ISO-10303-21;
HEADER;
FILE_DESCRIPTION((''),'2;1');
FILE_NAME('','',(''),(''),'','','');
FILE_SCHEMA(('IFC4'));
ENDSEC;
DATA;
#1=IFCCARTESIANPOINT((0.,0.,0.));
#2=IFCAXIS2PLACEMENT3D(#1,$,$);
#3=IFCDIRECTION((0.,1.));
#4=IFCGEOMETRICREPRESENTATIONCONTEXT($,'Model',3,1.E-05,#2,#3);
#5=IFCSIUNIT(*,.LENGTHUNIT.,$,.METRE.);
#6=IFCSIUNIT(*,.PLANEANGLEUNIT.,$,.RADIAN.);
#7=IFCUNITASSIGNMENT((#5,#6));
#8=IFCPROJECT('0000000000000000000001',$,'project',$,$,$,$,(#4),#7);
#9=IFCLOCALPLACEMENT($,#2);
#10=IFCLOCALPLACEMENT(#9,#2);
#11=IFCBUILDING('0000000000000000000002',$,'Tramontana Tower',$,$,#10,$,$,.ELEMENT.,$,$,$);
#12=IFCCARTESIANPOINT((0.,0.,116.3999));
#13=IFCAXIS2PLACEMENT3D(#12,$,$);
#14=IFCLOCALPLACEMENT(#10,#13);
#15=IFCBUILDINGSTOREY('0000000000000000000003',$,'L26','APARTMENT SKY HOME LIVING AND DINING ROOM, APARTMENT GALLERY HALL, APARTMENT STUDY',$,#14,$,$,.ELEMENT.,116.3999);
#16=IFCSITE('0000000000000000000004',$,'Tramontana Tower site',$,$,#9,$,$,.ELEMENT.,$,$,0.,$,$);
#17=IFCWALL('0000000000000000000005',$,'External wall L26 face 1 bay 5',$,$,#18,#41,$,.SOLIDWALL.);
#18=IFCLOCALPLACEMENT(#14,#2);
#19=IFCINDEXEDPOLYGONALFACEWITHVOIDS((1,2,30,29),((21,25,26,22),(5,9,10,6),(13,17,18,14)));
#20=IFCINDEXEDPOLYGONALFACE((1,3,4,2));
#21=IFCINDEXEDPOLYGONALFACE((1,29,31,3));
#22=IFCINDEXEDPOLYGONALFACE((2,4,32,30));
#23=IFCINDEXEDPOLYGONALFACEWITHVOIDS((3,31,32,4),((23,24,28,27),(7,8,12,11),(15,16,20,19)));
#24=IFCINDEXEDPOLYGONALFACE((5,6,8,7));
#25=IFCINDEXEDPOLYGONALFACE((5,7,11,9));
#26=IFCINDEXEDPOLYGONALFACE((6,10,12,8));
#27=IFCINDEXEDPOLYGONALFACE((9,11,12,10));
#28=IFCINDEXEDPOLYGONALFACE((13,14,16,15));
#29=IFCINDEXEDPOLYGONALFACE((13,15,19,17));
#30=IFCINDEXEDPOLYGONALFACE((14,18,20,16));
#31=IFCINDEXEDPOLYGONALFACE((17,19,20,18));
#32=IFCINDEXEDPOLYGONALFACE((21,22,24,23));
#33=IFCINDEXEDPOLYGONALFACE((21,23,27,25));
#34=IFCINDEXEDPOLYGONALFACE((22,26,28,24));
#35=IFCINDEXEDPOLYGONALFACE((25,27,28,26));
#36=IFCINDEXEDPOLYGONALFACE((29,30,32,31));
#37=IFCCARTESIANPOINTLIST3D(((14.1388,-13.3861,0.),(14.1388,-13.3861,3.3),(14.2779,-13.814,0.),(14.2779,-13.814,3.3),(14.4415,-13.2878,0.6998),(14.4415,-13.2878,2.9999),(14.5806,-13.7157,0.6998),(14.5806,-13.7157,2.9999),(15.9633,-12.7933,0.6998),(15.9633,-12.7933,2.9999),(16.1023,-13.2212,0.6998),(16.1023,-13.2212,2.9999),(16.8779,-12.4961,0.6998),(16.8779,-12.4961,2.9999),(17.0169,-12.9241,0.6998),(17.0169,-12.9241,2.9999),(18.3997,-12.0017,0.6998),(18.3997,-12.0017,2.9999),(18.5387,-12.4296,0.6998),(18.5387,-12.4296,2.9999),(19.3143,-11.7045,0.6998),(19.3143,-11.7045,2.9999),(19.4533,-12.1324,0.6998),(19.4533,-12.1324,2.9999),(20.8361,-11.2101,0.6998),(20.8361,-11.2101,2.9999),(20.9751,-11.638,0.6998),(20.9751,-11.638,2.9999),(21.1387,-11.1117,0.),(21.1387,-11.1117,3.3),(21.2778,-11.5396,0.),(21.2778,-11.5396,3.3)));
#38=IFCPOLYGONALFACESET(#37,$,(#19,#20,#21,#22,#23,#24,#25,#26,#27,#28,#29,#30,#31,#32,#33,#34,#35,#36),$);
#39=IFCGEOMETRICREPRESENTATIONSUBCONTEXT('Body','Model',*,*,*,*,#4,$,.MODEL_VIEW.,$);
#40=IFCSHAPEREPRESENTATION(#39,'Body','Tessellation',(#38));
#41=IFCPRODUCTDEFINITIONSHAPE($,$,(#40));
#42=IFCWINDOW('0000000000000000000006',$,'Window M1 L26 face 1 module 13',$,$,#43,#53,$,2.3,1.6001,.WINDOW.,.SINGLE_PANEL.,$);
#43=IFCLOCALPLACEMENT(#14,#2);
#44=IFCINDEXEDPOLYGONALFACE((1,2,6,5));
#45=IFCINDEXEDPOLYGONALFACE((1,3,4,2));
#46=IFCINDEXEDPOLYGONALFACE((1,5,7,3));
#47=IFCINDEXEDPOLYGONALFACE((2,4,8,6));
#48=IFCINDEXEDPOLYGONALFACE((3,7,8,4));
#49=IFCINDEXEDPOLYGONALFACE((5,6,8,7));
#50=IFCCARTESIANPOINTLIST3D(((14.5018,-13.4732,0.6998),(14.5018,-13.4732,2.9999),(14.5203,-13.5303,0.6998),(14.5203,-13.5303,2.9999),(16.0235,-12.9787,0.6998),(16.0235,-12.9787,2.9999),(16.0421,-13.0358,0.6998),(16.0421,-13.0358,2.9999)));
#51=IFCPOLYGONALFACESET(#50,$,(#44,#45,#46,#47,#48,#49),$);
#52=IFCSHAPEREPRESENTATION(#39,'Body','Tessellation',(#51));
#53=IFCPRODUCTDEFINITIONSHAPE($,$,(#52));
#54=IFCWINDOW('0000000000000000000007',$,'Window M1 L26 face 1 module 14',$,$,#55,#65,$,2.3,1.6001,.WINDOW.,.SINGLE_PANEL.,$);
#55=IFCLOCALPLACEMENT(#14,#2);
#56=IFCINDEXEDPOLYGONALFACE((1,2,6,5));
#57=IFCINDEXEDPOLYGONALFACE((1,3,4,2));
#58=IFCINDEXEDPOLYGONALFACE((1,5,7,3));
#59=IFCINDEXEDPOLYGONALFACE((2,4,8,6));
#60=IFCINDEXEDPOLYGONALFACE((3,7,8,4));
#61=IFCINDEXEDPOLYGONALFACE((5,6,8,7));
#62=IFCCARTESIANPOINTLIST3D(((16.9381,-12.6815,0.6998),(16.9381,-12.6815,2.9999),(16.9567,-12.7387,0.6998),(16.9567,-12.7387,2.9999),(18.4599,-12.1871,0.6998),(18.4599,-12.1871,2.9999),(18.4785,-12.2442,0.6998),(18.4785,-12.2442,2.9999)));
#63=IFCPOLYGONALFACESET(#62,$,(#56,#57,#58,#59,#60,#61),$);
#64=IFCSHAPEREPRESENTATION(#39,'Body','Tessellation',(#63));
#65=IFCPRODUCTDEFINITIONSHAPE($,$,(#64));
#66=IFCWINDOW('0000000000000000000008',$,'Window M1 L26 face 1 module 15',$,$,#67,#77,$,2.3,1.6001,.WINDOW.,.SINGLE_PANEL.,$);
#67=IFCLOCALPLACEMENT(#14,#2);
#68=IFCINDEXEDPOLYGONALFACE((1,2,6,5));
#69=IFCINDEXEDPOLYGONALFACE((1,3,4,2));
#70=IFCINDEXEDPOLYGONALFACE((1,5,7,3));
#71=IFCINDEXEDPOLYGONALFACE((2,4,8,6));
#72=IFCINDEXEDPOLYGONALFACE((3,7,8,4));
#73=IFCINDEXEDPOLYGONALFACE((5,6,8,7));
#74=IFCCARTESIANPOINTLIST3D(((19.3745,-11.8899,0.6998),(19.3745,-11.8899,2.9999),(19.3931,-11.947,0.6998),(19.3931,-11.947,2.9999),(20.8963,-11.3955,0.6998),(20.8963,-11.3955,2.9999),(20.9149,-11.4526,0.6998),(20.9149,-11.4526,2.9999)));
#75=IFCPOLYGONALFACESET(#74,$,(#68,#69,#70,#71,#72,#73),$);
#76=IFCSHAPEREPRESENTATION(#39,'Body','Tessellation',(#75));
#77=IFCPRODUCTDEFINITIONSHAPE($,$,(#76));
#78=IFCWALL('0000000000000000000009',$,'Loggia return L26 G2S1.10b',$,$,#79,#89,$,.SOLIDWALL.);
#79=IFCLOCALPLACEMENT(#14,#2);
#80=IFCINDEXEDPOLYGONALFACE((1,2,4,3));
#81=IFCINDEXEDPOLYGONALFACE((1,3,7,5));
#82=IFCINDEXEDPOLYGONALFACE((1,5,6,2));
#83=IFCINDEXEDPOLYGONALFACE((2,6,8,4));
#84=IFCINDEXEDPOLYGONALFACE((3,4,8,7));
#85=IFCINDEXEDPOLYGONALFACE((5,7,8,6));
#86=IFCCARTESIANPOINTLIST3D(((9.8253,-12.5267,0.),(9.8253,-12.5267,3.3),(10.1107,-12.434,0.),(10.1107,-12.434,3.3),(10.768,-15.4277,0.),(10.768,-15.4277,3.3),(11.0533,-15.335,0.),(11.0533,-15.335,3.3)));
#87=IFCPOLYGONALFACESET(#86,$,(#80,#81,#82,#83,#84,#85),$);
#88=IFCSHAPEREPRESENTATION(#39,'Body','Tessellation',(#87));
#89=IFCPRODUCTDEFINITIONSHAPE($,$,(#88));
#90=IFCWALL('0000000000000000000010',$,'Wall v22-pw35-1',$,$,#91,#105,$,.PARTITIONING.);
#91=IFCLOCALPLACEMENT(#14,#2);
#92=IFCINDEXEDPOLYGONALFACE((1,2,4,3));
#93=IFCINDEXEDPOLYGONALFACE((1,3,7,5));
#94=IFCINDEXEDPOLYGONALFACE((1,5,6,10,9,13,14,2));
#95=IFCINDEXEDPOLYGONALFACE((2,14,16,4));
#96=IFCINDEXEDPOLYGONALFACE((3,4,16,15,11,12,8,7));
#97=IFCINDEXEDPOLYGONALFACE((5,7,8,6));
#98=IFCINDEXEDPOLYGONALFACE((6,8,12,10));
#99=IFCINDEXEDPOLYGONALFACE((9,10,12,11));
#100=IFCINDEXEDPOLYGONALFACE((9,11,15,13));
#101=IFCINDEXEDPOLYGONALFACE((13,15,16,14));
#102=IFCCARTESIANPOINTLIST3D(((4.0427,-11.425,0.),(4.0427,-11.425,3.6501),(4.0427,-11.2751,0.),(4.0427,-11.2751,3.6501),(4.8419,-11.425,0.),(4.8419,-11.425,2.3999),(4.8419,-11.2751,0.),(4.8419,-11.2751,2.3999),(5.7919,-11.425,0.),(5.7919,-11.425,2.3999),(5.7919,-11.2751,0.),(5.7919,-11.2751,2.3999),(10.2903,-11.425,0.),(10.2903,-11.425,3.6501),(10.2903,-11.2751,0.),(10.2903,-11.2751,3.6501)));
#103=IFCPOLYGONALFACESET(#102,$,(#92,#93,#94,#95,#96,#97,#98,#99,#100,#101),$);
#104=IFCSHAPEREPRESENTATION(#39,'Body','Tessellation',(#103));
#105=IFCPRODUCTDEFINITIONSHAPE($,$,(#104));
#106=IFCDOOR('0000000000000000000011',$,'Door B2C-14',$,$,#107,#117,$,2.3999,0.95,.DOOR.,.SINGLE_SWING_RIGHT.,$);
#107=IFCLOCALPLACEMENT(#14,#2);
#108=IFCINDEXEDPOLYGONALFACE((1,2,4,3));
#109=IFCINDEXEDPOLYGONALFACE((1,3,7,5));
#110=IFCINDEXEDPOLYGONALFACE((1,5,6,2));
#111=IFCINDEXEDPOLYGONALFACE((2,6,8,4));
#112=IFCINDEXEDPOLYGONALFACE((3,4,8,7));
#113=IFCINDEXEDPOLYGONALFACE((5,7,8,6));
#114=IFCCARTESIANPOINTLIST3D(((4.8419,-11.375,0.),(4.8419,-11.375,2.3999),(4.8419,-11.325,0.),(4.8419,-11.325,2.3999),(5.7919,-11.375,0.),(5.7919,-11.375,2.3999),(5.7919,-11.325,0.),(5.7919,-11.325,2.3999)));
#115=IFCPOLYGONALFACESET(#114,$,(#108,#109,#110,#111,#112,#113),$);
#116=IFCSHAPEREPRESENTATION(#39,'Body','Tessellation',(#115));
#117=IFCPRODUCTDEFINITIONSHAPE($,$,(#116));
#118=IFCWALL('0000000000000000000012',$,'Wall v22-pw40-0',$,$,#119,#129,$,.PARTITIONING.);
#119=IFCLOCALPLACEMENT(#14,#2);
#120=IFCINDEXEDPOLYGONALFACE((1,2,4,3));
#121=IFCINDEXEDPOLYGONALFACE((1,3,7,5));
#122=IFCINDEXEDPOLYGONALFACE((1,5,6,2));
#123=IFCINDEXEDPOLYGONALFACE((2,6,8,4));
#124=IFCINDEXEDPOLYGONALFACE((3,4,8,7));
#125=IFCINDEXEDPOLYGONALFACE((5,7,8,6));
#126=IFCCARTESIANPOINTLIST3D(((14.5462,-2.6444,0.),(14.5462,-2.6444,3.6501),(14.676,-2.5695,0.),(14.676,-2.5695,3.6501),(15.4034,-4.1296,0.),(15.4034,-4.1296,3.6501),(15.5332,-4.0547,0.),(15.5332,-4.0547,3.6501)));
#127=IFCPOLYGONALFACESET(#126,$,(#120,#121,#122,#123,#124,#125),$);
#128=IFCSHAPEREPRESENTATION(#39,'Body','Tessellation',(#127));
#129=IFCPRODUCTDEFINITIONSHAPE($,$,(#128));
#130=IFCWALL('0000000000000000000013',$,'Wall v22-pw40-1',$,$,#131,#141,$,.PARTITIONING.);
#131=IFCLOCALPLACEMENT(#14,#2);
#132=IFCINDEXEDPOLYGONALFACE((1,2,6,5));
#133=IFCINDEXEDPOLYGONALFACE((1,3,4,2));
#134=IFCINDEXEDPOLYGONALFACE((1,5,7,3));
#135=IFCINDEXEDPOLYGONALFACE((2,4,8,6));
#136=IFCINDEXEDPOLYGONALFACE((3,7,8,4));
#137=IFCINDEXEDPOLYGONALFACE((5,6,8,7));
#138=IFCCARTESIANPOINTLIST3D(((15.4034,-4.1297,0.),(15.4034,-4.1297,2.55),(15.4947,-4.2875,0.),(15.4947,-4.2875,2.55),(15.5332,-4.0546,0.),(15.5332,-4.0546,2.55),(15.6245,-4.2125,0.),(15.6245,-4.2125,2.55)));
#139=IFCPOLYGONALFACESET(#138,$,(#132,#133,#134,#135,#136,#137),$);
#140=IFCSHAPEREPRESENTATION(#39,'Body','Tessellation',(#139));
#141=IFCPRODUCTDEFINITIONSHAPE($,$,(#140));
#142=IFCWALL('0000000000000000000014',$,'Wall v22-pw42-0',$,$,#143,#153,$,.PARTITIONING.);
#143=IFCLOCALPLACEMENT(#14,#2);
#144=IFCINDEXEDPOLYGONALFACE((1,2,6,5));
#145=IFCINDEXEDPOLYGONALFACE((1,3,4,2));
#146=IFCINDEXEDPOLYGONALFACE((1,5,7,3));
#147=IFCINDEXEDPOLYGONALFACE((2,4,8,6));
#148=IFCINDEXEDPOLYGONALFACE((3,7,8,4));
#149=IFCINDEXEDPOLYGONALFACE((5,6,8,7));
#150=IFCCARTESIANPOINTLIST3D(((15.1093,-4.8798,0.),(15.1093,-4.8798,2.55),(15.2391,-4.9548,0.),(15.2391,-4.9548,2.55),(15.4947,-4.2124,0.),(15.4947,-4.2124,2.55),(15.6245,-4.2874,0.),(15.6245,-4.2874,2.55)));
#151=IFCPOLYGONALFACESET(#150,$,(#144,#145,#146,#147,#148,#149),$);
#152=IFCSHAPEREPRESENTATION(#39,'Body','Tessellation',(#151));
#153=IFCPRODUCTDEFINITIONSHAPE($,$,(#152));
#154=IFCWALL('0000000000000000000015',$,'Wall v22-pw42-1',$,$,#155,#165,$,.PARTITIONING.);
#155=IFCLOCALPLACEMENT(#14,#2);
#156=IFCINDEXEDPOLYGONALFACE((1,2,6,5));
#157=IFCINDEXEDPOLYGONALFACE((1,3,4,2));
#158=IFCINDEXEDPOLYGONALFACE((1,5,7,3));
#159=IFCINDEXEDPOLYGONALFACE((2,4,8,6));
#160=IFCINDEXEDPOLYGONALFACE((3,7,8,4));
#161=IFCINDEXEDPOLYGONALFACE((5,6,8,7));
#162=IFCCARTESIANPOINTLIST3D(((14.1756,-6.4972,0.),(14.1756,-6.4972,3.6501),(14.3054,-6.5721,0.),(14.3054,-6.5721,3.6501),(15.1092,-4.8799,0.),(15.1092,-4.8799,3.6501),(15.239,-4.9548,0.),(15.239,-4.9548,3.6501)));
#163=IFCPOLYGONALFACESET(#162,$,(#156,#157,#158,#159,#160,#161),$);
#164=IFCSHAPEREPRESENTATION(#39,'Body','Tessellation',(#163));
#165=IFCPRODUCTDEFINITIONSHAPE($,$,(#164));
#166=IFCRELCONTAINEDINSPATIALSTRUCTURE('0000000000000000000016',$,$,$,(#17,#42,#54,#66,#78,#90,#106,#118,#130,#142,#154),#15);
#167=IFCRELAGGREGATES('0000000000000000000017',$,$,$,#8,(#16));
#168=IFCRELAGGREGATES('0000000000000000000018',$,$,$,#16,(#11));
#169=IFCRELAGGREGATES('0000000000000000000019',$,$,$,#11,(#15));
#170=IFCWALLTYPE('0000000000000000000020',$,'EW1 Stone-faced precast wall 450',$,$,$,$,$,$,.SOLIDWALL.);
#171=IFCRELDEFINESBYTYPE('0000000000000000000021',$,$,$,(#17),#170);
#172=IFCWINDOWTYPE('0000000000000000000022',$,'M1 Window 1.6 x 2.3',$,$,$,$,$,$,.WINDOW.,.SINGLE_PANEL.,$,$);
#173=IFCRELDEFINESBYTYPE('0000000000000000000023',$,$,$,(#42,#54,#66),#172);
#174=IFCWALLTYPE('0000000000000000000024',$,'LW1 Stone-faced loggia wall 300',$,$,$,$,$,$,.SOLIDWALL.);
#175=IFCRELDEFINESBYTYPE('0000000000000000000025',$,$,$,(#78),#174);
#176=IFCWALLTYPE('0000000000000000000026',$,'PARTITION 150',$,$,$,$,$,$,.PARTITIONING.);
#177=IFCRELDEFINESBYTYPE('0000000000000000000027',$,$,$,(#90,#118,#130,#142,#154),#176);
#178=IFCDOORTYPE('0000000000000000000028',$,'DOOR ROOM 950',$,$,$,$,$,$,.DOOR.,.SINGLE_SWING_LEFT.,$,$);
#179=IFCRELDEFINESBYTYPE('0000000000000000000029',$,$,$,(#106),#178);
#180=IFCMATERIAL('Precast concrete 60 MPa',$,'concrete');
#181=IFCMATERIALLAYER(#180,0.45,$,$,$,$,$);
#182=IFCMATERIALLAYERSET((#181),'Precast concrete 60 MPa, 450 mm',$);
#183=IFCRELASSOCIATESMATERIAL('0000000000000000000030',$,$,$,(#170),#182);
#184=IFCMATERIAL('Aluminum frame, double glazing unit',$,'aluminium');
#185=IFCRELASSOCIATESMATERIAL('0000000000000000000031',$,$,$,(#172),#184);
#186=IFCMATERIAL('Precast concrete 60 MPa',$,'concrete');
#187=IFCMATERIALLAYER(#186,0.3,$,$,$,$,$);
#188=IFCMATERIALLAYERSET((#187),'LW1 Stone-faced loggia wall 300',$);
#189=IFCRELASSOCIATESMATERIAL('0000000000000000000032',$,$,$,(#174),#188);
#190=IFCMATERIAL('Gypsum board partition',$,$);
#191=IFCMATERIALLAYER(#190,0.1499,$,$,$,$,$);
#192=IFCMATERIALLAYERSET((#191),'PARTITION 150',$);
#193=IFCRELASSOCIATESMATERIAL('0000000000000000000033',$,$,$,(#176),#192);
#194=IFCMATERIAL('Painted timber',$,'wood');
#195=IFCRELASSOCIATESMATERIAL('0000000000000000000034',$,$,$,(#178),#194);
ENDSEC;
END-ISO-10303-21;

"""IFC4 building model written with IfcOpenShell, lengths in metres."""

from ifc_helpers import new_model, si_unit, direction, frame, frame_2d, origin, place, context, subcontext, project, spatial, rectangle, extrude, material, layer, layer_set, type_object, element, fill, save


model = new_model("IFC4")

# Units and contexts
model_context = context("Model", 3, precision=1e-05, world=origin(), true_north=direction((0.0, 1.0)))
body_context = subcontext(model_context, "Body", "Model", "MODEL_VIEW")
ifc_project = project(units=[si_unit("LENGTHUNIT", "METRE"), si_unit("PLANEANGLEUNIT", "RADIAN")], contexts=[model_context])

# Site, building, storey
site_placement = place(None, origin())
site = spatial("IfcSite", under=ifc_project, at=site_placement, Name="Tramontana Tower site", CompositionType="ELEMENT", RefElevation=0.0)
building_placement = place(site_placement, origin())
building = spatial("IfcBuilding", under=site, at=building_placement, Name="Tramontana Tower", CompositionType="ELEMENT")
storey_placement = place(building_placement, frame((0.0, 0.0, 116.3999)))
storey = spatial("IfcBuildingStorey", under=building, at=storey_placement, Name="L26", Description="APARTMENT SKY HOME LIVING AND DINING ROOM, APARTMENT GALLERY HALL, APARTMENT STUDY", CompositionType="ELEMENT", Elevation=116.3999)

# Shared definitions
ifc_material_1 = material(Name="Precast concrete 60 MPa", Category="concrete")
ifc_layer_1 = layer(ifc_material_1, 0.45)
ifc_layer_set_1 = layer_set([ifc_layer_1], Name="Precast concrete 60 MPa, 450 mm")
wall_type_1 = type_object("IfcWallType", Name="EW1 Stone-faced precast wall 450", PredefinedType="SOLIDWALL", material=ifc_layer_set_1)
ifc_material_2 = material(Name="Aluminum frame, double glazing unit", Category="aluminium")
window_type = type_object("IfcWindowType", Name="M1 Window 1.6 x 2.3", PartitioningType="SINGLE_PANEL", PredefinedType="WINDOW", material=ifc_material_2)

# Wall, openings, windows
wall_1_placement = place(storey_placement, frame((14.2083, -13.6001, 0.0), z_axis=(0.0, 0.0, 1.0), x_axis=(0.951057, 0.309014, 0.0)))
wall_1 = element("IfcWall", 1, at=wall_1_placement, inside=storey, type_object=wall_type_1, Name="External wall L26 face 1 bay 5", PredefinedType="SOLIDWALL", context=body_context, shape_type="SweptSolid", body=[
    extrude(rectangle(XDim=7.3601, YDim=0.45, at=frame_2d((3.6802, 0.0))), origin(), (0.0, 0.0, 1.0), 3.3),
])
opening_1_placement = place(wall_1_placement, frame((0.3184, 0.0, 0.7)))
opening_1 = element("IfcOpeningElement", 2, at=opening_1_placement, cuts=wall_1, PredefinedType="OPENING", context=body_context, shape_type="SweptSolid", body=[
    extrude(rectangle(XDim=1.6001, YDim=2.3, at=frame_2d((0.8, 1.1499))), frame((0.0, 0.2349, 0.0), z_axis=(0.0, -1.0, 0.0), x_axis=(1.0, 0.0, 0.0)), (0.0, 0.0, 1.0), 0.47),
])
opening_2_placement = place(wall_1_placement, frame((2.8801, 0.0, 0.7)))
opening_2 = element("IfcOpeningElement", 3, at=opening_2_placement, cuts=wall_1, PredefinedType="OPENING", context=body_context, shape_type="SweptSolid", body=[
    extrude(rectangle(XDim=1.6001, YDim=2.3, at=frame_2d((0.8, 1.1499))), frame((0.0, 0.2349, 0.0), z_axis=(0.0, -1.0, 0.0), x_axis=(1.0, 0.0, 0.0)), (0.0, 0.0, 1.0), 0.47),
])
opening_3_placement = place(wall_1_placement, frame((5.4419, 0.0, 0.7)))
opening_3 = element("IfcOpeningElement", 4, at=opening_3_placement, cuts=wall_1, PredefinedType="OPENING", context=body_context, shape_type="SweptSolid", body=[
    extrude(rectangle(XDim=1.6001, YDim=2.3, at=frame_2d((0.8, 1.1499))), frame((0.0, 0.2349, 0.0), z_axis=(0.0, -1.0, 0.0), x_axis=(1.0, 0.0, 0.0)), (0.0, 0.0, 1.0), 0.47),
])
window_1_placement = place(opening_1_placement, origin())
window_1 = element("IfcWindow", 5, at=window_1_placement, inside=storey, type_object=window_type, Name="Window M1 L26 face 1 module 13", OverallHeight=2.3, OverallWidth=1.6001, PartitioningType="SINGLE_PANEL", PredefinedType="WINDOW", context=body_context, shape_type="SweptSolid", body=[
    extrude(rectangle(XDim=1.6001, YDim=2.3, at=frame_2d((0.8, 1.1499))), frame((0.0, 0.03, 0.0), z_axis=(0.0, -1.0, 0.0), x_axis=(1.0, 0.0, 0.0)), (0.0, 0.0, 1.0), 0.0601),
])
fill(opening_1, window_1)
window_2_placement = place(opening_2_placement, origin())
window_2 = element("IfcWindow", 6, at=window_2_placement, inside=storey, type_object=window_type, Name="Window M1 L26 face 1 module 14", OverallHeight=2.3, OverallWidth=1.6001, PartitioningType="SINGLE_PANEL", PredefinedType="WINDOW", context=body_context, shape_type="SweptSolid", body=[
    extrude(rectangle(XDim=1.6001, YDim=2.3, at=frame_2d((0.8, 1.1499))), frame((0.0, 0.03, 0.0), z_axis=(0.0, -1.0, 0.0), x_axis=(1.0, 0.0, 0.0)), (0.0, 0.0, 1.0), 0.0601),
])
fill(opening_2, window_2)
window_3_placement = place(opening_3_placement, origin())
window_3 = element("IfcWindow", 7, at=window_3_placement, inside=storey, type_object=window_type, Name="Window M1 L26 face 1 module 15", OverallHeight=2.3, OverallWidth=1.6001, PartitioningType="SINGLE_PANEL", PredefinedType="WINDOW", context=body_context, shape_type="SweptSolid", body=[
    extrude(rectangle(XDim=1.6001, YDim=2.3, at=frame_2d((0.8, 1.1499))), frame((0.0, 0.03, 0.0), z_axis=(0.0, -1.0, 0.0), x_axis=(1.0, 0.0, 0.0)), (0.0, 0.0, 1.0), 0.0601),
])
fill(opening_3, window_3)

# Wall
ifc_material_3 = material(Name="Precast concrete 60 MPa", Category="concrete")
ifc_layer_2 = layer(ifc_material_3, 0.3)
ifc_layer_set_2 = layer_set([ifc_layer_2], Name="LW1 Stone-faced loggia wall 300")
wall_type_2 = type_object("IfcWallType", Name="LW1 Stone-faced loggia wall 300", PredefinedType="SOLIDWALL", material=ifc_layer_set_2)
wall_2_placement = place(storey_placement, frame((10.9106, -15.3813, 0.0), z_axis=(0.0, 0.0, 1.0), x_axis=(-0.309039, 0.951049, 0.0)))
element("IfcWall", 8, at=wall_2_placement, inside=storey, type_object=wall_type_2, Name="Loggia return L26 G2S1.10b", PredefinedType="SOLIDWALL", context=body_context, shape_type="SweptSolid", body=[
    extrude(rectangle(XDim=3.0503, YDim=0.3, at=frame_2d((1.5251, 0.0))), origin(), (0.0, 0.0, 1.0), 3.3),
])

# Wall, opening, door
ifc_material_4 = material(Name="Gypsum board partition")
ifc_layer_3 = layer(ifc_material_4, 0.1499)
ifc_layer_set_3 = layer_set([ifc_layer_3], Name="PARTITION 150")
wall_type_3 = type_object("IfcWallType", Name="PARTITION 150", PredefinedType="PARTITIONING", material=ifc_layer_set_3)
ifc_material_5 = material(Name="Painted timber", Category="wood")
door_type = type_object("IfcDoorType", Name="DOOR ROOM 950", OperationType="SINGLE_SWING_LEFT", PredefinedType="DOOR", material=ifc_material_5)
wall_3_placement = place(storey_placement, frame((10.2903, -11.3501, 0.0), z_axis=(0.0, 0.0, 1.0), x_axis=(-1.0, 0.0, 0.0)))
wall_3 = element("IfcWall", 9, at=wall_3_placement, inside=storey, type_object=wall_type_3, Name="Wall v22-pw35-1", PredefinedType="PARTITIONING", context=body_context, shape_type="SweptSolid", body=[
    extrude(rectangle(XDim=6.2476, YDim=0.1499, at=frame_2d((3.1238, 0.0))), origin(), (0.0, 0.0, 1.0), 3.6501),
])
opening_4_placement = place(wall_3_placement, frame((4.4983, 0.0, 0.0)))
opening_4 = element("IfcOpeningElement", 10, at=opening_4_placement, cuts=wall_3, PredefinedType="OPENING", context=body_context, shape_type="SweptSolid", body=[
    extrude(rectangle(XDim=0.95, YDim=2.3999, at=frame_2d((0.4751, 1.2))), frame((0.0, 0.085, 0.0), z_axis=(0.0, -1.0, 0.0), x_axis=(1.0, 0.0, 0.0)), (0.0, 0.0, 1.0), 0.1699),
])
door_1_placement = place(opening_4_placement, origin())
door_1 = element("IfcDoor", 11, at=door_1_placement, inside=storey, type_object=door_type, Name="Door B2C-14", OperationType="SINGLE_SWING_RIGHT", OverallHeight=2.3999, OverallWidth=0.95, PredefinedType="DOOR", context=body_context, shape_type="SweptSolid", body=[
    extrude(rectangle(XDim=0.95, YDim=2.3999, at=frame_2d((0.4751, 1.2))), frame((0.0, 0.0249, 0.0), z_axis=(0.0, -1.0, 0.0), x_axis=(1.0, 0.0, 0.0)), (0.0, 0.0, 1.0), 0.05),
])
fill(opening_4, door_1)

# Walls
wall_4_placement = place(storey_placement, frame((14.6111, -2.6069, 0.0), z_axis=(0.0, 0.0, 1.0), x_axis=(0.499891, -0.866088, 0.0)))
element("IfcWall", 12, at=wall_4_placement, inside=storey, type_object=wall_type_3, Name="Wall v22-pw40-0", PredefinedType="PARTITIONING", context=body_context, shape_type="SweptSolid", body=[
    extrude(rectangle(XDim=1.7148, YDim=0.1499, at=frame_2d((0.8574, 0.0))), origin(), (0.0, 0.0, 1.0), 3.6501),
])
wall_5_placement = place(storey_placement, frame((15.4683, -4.092, 0.0), z_axis=(0.0, 0.0, 1.0), x_axis=(0.500456, -0.865762, 0.0)))
element("IfcWall", 13, at=wall_5_placement, inside=storey, type_object=wall_type_3, Name="Wall v22-pw40-1", PredefinedType="PARTITIONING", context=body_context, shape_type="SweptSolid", body=[
    extrude(rectangle(XDim=0.1824, YDim=0.1499, at=frame_2d((0.0913, 0.0))), origin(), (0.0, 0.0, 1.0), 2.55),
])
wall_6_placement = place(storey_placement, frame((15.5596, -4.25, 0.0), z_axis=(0.0, 0.0, 1.0), x_axis=(-0.500125, -0.865953, 0.0)))
element("IfcWall", 14, at=wall_6_placement, inside=storey, type_object=wall_type_3, Name="Wall v22-pw42-0", PredefinedType="PARTITIONING", context=body_context, shape_type="SweptSolid", body=[
    extrude(rectangle(XDim=0.7708, YDim=0.1499, at=frame_2d((0.3853, 0.0))), origin(), (0.0, 0.0, 1.0), 2.55),
])
wall_7_placement = place(storey_placement, frame((15.1741, -4.9175, 0.0), z_axis=(0.0, 0.0, 1.0), x_axis=(-0.499964, -0.866046, 0.0)))
element("IfcWall", 15, at=wall_7_placement, inside=storey, type_object=wall_type_3, Name="Wall v22-pw42-1", PredefinedType="PARTITIONING", context=body_context, shape_type="SweptSolid", body=[
    extrude(rectangle(XDim=1.8674, YDim=0.1499, at=frame_2d((0.9336, 0.0))), origin(), (0.0, 0.0, 1.0), 3.6501),
])

save(model, "model.ifc")
